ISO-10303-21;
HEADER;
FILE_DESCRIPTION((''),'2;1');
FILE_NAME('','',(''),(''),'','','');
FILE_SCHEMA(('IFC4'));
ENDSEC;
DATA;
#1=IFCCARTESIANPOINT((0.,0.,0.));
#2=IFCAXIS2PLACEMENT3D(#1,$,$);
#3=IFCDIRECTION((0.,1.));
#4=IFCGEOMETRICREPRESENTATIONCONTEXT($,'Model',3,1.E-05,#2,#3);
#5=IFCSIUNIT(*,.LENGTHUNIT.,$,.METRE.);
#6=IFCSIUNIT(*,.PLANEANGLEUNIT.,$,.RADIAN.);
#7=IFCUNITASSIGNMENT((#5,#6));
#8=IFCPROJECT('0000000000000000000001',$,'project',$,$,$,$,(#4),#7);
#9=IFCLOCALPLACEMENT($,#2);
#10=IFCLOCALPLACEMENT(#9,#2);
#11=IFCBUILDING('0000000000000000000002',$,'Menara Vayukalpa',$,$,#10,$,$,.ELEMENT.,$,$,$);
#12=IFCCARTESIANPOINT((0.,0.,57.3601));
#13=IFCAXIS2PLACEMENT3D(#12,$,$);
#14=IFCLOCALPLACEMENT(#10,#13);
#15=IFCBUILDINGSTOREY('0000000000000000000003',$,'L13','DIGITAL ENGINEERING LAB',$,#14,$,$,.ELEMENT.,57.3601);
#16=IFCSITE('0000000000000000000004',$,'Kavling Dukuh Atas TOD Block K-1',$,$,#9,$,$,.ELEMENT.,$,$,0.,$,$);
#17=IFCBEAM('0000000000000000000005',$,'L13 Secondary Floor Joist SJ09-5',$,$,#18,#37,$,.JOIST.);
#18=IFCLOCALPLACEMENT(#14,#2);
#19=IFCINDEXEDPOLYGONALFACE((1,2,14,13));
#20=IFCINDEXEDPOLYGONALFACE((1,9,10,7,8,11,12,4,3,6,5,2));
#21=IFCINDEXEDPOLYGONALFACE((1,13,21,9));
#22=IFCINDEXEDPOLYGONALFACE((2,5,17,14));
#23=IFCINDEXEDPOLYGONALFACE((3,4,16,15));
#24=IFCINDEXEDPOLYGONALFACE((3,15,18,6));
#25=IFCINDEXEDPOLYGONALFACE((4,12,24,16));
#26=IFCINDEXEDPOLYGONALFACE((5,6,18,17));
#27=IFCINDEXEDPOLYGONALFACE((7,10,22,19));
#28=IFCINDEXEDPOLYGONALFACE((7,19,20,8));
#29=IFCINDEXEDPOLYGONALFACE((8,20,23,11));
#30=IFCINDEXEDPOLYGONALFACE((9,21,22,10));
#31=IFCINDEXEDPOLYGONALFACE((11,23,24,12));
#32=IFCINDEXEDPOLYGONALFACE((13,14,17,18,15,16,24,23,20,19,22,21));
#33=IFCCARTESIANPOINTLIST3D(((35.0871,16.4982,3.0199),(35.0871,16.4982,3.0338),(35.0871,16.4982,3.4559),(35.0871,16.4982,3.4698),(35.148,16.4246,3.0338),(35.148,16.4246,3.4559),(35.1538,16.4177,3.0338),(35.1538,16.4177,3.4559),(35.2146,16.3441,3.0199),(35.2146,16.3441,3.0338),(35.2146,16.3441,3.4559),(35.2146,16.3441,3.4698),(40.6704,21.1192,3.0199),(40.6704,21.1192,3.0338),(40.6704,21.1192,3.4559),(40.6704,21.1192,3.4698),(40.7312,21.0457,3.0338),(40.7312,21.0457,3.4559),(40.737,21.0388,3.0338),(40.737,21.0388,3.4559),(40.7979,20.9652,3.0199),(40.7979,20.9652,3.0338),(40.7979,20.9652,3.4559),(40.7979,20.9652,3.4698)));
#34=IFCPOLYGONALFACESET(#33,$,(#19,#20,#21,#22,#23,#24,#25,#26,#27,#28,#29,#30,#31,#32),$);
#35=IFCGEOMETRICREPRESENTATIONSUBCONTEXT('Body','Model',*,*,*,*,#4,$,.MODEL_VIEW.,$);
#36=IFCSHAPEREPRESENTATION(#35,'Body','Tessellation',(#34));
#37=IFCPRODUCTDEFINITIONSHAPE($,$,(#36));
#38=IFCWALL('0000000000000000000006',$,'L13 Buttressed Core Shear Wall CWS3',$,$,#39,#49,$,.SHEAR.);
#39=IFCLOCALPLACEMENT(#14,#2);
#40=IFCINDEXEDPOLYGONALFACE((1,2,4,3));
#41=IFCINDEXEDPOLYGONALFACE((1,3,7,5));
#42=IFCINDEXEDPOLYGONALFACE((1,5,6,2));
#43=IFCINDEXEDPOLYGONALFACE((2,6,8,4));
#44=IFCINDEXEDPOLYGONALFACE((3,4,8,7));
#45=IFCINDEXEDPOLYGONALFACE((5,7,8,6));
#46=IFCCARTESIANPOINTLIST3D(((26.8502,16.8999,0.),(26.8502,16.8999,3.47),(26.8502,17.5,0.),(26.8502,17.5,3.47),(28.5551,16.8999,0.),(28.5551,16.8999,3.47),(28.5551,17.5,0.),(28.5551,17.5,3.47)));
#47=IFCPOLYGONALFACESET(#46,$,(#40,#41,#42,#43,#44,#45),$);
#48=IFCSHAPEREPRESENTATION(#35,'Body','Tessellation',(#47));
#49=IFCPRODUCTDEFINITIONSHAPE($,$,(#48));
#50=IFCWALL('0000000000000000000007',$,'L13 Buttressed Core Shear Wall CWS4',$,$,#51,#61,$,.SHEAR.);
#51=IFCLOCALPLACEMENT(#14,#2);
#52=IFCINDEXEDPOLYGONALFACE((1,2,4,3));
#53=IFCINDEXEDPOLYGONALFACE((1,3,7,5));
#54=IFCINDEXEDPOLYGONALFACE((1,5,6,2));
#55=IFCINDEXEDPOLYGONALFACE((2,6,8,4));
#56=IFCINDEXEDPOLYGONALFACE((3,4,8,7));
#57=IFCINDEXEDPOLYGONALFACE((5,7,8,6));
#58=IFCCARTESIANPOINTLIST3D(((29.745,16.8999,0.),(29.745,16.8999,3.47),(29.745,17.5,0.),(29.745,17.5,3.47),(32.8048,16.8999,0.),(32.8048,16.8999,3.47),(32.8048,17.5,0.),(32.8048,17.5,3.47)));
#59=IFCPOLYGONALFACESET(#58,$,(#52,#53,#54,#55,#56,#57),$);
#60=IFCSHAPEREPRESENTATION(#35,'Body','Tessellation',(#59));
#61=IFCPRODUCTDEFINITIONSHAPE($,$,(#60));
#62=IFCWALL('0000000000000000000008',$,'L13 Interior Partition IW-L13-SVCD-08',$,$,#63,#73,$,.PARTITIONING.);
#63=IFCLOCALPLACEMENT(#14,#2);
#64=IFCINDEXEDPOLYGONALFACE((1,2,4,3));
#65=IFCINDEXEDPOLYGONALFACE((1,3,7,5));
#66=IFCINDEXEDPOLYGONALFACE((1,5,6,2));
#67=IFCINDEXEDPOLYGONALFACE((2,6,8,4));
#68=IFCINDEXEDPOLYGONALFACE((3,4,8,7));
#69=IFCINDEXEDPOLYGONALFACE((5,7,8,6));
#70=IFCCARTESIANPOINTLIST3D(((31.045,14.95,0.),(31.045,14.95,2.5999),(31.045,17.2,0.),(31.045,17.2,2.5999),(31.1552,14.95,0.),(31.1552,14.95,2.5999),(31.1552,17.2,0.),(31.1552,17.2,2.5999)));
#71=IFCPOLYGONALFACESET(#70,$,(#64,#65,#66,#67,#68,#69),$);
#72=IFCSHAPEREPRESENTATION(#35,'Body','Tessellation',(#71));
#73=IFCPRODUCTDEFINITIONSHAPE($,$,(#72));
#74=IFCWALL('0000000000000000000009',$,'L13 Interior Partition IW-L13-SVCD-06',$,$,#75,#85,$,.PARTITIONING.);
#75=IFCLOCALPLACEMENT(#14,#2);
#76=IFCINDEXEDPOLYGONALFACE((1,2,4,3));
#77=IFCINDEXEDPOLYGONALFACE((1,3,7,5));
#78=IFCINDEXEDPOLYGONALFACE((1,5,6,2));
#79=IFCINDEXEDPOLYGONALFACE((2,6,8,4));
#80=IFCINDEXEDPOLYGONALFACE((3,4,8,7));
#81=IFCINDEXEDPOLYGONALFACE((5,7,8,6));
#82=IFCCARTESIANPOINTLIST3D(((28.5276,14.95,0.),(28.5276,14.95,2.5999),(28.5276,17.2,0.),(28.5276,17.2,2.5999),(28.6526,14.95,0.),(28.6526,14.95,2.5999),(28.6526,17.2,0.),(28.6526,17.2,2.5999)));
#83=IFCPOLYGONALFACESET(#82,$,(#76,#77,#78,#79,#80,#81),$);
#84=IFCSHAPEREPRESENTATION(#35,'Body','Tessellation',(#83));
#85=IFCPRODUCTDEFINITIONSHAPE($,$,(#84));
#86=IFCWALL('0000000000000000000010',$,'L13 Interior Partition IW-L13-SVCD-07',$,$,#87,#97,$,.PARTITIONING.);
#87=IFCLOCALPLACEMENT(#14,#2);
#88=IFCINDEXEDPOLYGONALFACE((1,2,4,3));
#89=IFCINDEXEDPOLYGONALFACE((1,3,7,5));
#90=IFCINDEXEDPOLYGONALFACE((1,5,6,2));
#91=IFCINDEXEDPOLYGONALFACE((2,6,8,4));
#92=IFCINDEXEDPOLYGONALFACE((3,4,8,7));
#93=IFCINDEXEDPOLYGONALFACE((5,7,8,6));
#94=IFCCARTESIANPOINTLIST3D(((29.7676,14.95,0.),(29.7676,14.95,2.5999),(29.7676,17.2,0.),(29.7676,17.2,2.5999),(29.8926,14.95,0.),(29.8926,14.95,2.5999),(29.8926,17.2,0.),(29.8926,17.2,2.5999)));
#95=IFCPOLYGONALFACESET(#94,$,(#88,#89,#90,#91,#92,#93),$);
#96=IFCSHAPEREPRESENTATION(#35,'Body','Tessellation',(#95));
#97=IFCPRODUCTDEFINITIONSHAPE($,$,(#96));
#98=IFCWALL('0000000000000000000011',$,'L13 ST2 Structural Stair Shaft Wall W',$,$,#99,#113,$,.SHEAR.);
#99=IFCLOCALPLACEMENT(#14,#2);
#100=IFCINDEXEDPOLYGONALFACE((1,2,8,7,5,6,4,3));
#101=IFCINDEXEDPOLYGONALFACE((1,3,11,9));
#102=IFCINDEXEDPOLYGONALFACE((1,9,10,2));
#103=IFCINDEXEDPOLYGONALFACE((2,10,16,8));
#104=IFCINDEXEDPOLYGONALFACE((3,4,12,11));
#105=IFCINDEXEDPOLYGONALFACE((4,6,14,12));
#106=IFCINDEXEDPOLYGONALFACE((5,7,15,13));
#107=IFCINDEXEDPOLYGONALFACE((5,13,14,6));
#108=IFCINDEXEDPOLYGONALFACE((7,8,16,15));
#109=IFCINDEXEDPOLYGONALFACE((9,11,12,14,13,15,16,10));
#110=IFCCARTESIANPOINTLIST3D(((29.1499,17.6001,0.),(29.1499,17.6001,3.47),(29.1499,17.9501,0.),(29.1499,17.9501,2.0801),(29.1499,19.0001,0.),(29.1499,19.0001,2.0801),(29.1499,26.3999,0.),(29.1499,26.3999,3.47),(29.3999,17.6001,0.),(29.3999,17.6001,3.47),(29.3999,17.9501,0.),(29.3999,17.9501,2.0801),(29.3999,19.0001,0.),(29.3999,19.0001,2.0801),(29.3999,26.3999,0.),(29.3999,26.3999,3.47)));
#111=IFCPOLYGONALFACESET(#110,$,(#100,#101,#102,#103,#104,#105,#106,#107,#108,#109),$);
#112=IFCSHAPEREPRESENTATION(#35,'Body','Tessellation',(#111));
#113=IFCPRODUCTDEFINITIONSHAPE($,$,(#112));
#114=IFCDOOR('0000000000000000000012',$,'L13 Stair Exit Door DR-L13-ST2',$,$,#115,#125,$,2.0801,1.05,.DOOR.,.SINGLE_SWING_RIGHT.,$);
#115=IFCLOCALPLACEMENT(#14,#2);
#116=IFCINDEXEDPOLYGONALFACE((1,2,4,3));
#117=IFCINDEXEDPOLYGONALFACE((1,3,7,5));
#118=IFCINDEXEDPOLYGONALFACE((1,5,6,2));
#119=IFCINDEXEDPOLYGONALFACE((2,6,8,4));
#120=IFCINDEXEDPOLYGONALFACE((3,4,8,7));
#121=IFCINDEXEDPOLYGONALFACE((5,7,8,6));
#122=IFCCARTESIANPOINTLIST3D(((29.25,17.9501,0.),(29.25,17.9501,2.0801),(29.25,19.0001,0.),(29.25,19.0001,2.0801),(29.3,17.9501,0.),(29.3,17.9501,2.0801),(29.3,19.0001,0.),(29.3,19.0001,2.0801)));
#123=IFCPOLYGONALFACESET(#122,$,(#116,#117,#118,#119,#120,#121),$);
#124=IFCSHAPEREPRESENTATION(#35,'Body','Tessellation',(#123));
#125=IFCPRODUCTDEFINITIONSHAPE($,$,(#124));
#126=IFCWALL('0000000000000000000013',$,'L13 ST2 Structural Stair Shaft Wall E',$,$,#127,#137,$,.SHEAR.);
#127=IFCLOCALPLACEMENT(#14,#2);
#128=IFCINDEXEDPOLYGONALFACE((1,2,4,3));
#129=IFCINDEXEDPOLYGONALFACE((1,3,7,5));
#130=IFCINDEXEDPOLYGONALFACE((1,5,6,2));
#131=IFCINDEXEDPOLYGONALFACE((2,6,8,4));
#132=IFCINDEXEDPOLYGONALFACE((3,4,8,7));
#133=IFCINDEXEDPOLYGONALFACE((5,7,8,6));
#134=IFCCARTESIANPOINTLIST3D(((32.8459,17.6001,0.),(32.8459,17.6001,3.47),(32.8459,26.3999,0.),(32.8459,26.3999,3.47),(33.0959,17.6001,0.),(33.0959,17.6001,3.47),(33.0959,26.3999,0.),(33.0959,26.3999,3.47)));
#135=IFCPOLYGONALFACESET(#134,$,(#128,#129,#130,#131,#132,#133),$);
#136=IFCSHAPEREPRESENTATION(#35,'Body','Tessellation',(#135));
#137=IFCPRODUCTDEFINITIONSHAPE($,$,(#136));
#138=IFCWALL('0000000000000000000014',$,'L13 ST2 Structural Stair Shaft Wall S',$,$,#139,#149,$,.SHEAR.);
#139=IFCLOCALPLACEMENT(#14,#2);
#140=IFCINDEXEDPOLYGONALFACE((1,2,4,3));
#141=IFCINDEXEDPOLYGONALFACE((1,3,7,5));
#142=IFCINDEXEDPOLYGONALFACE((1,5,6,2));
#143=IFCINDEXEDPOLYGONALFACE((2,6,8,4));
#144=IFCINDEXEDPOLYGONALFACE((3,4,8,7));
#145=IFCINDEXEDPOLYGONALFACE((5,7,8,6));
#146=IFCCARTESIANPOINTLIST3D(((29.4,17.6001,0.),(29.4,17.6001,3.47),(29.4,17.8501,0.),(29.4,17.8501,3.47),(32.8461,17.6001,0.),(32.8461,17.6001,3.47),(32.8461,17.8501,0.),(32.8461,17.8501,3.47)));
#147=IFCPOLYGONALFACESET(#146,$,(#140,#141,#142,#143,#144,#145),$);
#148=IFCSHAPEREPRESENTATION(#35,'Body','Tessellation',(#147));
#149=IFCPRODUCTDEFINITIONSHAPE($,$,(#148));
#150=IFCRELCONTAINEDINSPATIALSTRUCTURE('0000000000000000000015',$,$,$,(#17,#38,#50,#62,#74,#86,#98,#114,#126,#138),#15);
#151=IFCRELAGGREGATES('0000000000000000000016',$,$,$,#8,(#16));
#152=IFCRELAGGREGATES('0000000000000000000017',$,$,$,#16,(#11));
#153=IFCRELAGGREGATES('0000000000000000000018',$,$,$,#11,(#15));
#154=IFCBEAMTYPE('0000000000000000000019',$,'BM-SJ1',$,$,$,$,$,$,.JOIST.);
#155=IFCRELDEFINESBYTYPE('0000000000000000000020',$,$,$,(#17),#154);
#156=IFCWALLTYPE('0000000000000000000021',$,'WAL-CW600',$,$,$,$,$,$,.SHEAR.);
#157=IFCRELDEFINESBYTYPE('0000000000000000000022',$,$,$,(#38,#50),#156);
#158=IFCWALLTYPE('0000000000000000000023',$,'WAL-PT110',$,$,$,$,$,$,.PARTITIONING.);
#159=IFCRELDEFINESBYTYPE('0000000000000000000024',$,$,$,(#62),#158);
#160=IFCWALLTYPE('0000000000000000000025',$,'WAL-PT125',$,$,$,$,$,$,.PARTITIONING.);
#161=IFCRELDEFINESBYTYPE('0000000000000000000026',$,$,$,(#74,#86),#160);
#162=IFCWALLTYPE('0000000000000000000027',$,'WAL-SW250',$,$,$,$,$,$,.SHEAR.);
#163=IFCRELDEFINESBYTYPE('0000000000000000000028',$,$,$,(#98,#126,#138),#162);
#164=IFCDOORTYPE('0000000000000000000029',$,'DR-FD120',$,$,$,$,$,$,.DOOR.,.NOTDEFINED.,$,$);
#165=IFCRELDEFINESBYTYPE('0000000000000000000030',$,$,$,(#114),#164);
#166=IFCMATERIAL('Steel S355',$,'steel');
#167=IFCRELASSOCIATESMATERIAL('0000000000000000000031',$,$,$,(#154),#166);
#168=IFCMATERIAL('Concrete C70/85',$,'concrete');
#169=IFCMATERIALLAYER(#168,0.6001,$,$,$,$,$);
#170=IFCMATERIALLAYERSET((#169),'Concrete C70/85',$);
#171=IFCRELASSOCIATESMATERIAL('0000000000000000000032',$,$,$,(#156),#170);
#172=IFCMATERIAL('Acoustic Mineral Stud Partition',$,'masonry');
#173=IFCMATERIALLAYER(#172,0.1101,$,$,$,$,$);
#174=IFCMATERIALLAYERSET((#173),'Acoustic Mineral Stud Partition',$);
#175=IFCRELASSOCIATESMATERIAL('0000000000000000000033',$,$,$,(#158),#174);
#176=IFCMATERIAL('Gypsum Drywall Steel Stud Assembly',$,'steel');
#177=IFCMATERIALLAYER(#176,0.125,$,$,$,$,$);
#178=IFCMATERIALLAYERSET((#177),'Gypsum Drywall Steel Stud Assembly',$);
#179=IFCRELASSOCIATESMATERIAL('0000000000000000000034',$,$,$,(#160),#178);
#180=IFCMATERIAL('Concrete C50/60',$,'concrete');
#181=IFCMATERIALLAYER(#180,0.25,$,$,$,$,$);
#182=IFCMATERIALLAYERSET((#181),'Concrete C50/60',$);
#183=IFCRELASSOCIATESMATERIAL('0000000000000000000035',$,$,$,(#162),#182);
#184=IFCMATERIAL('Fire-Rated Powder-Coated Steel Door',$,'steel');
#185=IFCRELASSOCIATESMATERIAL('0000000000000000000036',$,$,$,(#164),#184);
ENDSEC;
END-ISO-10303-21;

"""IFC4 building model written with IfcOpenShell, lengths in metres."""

from ifc_helpers import new_model, si_unit, direction, frame, frame_2d, origin, origin_2d, place, context, subcontext, project, spatial, rectangle, i_section, extrude, material, layer, layer_set, material_profile, profile_set, type_object, element, fill, save


model = new_model("IFC4")

# Units and contexts
model_context = context("Model", 3, precision=1e-05, world=origin(), true_north=direction((0.0, 1.0)))
body_context = subcontext(model_context, "Body", "Model", "MODEL_VIEW")
ifc_project = project(units=[si_unit("LENGTHUNIT", "METRE"), si_unit("PLANEANGLEUNIT", "RADIAN")], contexts=[model_context])

# Site, building, storey
site_placement = place(None, origin())
site = spatial("IfcSite", under=ifc_project, at=site_placement, Name="Kavling Dukuh Atas TOD Block K-1", CompositionType="ELEMENT", RefElevation=0.0)
building_placement = place(site_placement, origin())
building = spatial("IfcBuilding", under=site, at=building_placement, Name="Menara Vayukalpa", CompositionType="ELEMENT")
storey_placement = place(building_placement, frame((0.0, 0.0, 57.3601)))
storey = spatial("IfcBuildingStorey", under=building, at=storey_placement, Name="L13", Description="DIGITAL ENGINEERING LAB", CompositionType="ELEMENT", Elevation=57.3601)

# Beam
ifc_material_1 = material(Name="Steel S355", Category="steel")
ifc_material_profile_1 = material_profile(ifc_material_1, i_section(OverallWidth=0.2, OverallDepth=0.45, WebThickness=0.009, FlangeThickness=0.0139, at=origin_2d()), Name="WF 450x200x9x14")
ifc_profile_set_1 = profile_set([ifc_material_profile_1], Name="Steel S355")
beam_type_1 = type_object("IfcBeamType", Name="BM-SJ1", PredefinedType="JOIST", material=ifc_profile_set_1)
beam_1_placement = place(storey_placement, frame((35.1509, 16.4211, 3.2449), z_axis=(0.770362, 0.637606, 0.0), x_axis=(-0.637606, 0.770362, 0.0)))
element("IfcBeam", 1, at=beam_1_placement, inside=storey, type_object=beam_type_1, Name="L13 Secondary Floor Joist SJ09-5", PredefinedType="JOIST", context=body_context, shape_type="SweptSolid", body=[
    extrude(i_section(OverallWidth=0.2, OverallDepth=0.45, WebThickness=0.009, FlangeThickness=0.0139, at=origin_2d()), origin(), (0.0, 0.0, 1.0), 7.2476),
])

# Walls
ifc_material_2 = material(Name="Concrete C70/85", Category="concrete")
ifc_layer_1 = layer(ifc_material_2, 0.6001)
ifc_layer_set_1 = layer_set([ifc_layer_1], Name="Concrete C70/85")
wall_type_1 = type_object("IfcWallType", Name="WAL-CW600", PredefinedType="SHEAR", material=ifc_layer_set_1)
wall_1_placement = place(storey_placement, frame((26.8501, 17.2, 0.0), z_axis=(0.0, 0.0, 1.0), x_axis=(1.0, 0.0, 0.0)))
element("IfcWall", 2, at=wall_1_placement, inside=storey, type_object=wall_type_1, Name="L13 Buttressed Core Shear Wall CWS3", PredefinedType="SHEAR", context=body_context, shape_type="SweptSolid", body=[
    extrude(rectangle(XDim=1.7048, YDim=0.6001, at=frame_2d((0.8525, 0.0))), origin(), (0.0, 0.0, 1.0), 3.47),
])
wall_2_placement = place(storey_placement, frame((29.7451, 17.2, 0.0), z_axis=(0.0, 0.0, 1.0), x_axis=(1.0, 0.0, 0.0)))
element("IfcWall", 3, at=wall_2_placement, inside=storey, type_object=wall_type_1, Name="L13 Buttressed Core Shear Wall CWS4", PredefinedType="SHEAR", context=body_context, shape_type="SweptSolid", body=[
    extrude(rectangle(XDim=3.0598, YDim=0.6001, at=frame_2d((1.5298, 0.0))), origin(), (0.0, 0.0, 1.0), 3.47),
])
ifc_material_3 = material(Name="Acoustic Mineral Stud Partition", Category="masonry")
ifc_layer_2 = layer(ifc_material_3, 0.1101)
ifc_layer_set_2 = layer_set([ifc_layer_2], Name="Acoustic Mineral Stud Partition")
wall_type_2 = type_object("IfcWallType", Name="WAL-PT110", PredefinedType="PARTITIONING", material=ifc_layer_set_2)
wall_3_placement = place(storey_placement, frame((31.1001, 14.95, 0.0), z_axis=(0.0, 0.0, 1.0), x_axis=(0.0, 1.0, 0.0)))
element("IfcWall", 4, at=wall_3_placement, inside=storey, type_object=wall_type_2, Name="L13 Interior Partition IW-L13-SVCD-08", PredefinedType="PARTITIONING", context=body_context, shape_type="SweptSolid", body=[
    extrude(rectangle(XDim=2.25, YDim=0.1101, at=frame_2d((1.125, 0.0))), origin(), (0.0, 0.0, 1.0), 2.5999),
])
ifc_material_4 = material(Name="Gypsum Drywall Steel Stud Assembly", Category="steel")
ifc_layer_3 = layer(ifc_material_4, 0.125)
ifc_layer_set_3 = layer_set([ifc_layer_3], Name="Gypsum Drywall Steel Stud Assembly")
wall_type_3 = type_object("IfcWallType", Name="WAL-PT125", PredefinedType="PARTITIONING", material=ifc_layer_set_3)
for number, where, z_axis, x_axis, name in (
    (5, (28.5901, 14.95, 0.0), (0.0, 0.0, 1.0), (0.0, 1.0, 0.0), "L13 Interior Partition IW-L13-SVCD-06"),
    (6, (29.8301, 14.95, 0.0), (0.0, 0.0, 1.0), (0.0, 1.0, 0.0), "L13 Interior Partition IW-L13-SVCD-07"),
):
    element("IfcWall", number, at=place(storey_placement, frame(where, z_axis=z_axis, x_axis=x_axis)), inside=storey, type_object=wall_type_3, Name=name, PredefinedType="PARTITIONING", context=body_context, shape_type="SweptSolid", body=[
        extrude(rectangle(XDim=2.25, YDim=0.125, at=frame_2d((1.125, 0.0))), origin(), (0.0, 0.0, 1.0), 2.5999),
    ])

# Wall, opening, door
ifc_material_5 = material(Name="Concrete C50/60", Category="concrete")
ifc_layer_4 = layer(ifc_material_5, 0.25)
ifc_layer_set_4 = layer_set([ifc_layer_4], Name="Concrete C50/60")
wall_type_4 = type_object("IfcWallType", Name="WAL-SW250", PredefinedType="SHEAR", material=ifc_layer_set_4)
wall_4_placement = place(storey_placement, frame((29.2749, 17.6001, 0.0), z_axis=(0.0, 0.0, 1.0), x_axis=(0.0, 1.0, 0.0)))
wall_4 = element("IfcWall", 7, at=wall_4_placement, inside=storey, type_object=wall_type_4, Name="L13 ST2 Structural Stair Shaft Wall W", PredefinedType="SHEAR", context=body_context, shape_type="SweptSolid", body=[
    extrude(rectangle(XDim=8.7998, YDim=0.25, at=frame_2d((4.3999, 0.0))), origin(), (0.0, 0.0, 1.0), 3.47),
])
opening_placement = place(wall_4_placement, frame((0.3501, 0.0, 0.0)))
opening = element("IfcOpeningElement", 8, at=opening_placement, cuts=wall_4, PredefinedType="OPENING", context=body_context, shape_type="SweptSolid", body=[
    extrude(rectangle(XDim=1.05, YDim=2.0801, at=frame_2d((0.5249, 1.04))), frame((0.0, 0.135, 0.0), z_axis=(0.0, -1.0, 0.0), x_axis=(1.0, 0.0, 0.0)), (0.0, 0.0, 1.0), 0.27),
])
ifc_material_6 = material(Name="Fire-Rated Powder-Coated Steel Door", Category="steel")
door_type = type_object("IfcDoorType", Name="DR-FD120", OperationType="NOTDEFINED", PredefinedType="DOOR", material=ifc_material_6)
door_placement = place(opening_placement, origin())
door = element("IfcDoor", 9, at=door_placement, inside=storey, type_object=door_type, Name="L13 Stair Exit Door DR-L13-ST2", OperationType="SINGLE_SWING_RIGHT", OverallHeight=2.0801, OverallWidth=1.05, PredefinedType="DOOR", context=body_context, shape_type="SweptSolid", body=[
    extrude(rectangle(XDim=1.05, YDim=2.0801, at=frame_2d((0.5249, 1.04))), frame((0.0, 0.0249, 0.0), z_axis=(0.0, -1.0, 0.0), x_axis=(1.0, 0.0, 0.0)), (0.0, 0.0, 1.0), 0.05),
])
fill(opening, door)

# Walls
wall_5_placement = place(storey_placement, frame((32.9709, 17.6001, 0.0), z_axis=(0.0, 0.0, 1.0), x_axis=(0.0, 1.0, 0.0)))
element("IfcWall", 10, at=wall_5_placement, inside=storey, type_object=wall_type_4, Name="L13 ST2 Structural Stair Shaft Wall E", PredefinedType="SHEAR", context=body_context, shape_type="SweptSolid", body=[
    extrude(rectangle(XDim=8.7998, YDim=0.25, at=frame_2d((4.3999, 0.0))), origin(), (0.0, 0.0, 1.0), 3.47),
])
wall_6_placement = place(storey_placement, frame((29.3999, 17.7251, 0.0), z_axis=(0.0, 0.0, 1.0), x_axis=(1.0, 0.0, 0.0)))
element("IfcWall", 11, at=wall_6_placement, inside=storey, type_object=wall_type_4, Name="L13 ST2 Structural Stair Shaft Wall S", PredefinedType="SHEAR", context=body_context, shape_type="SweptSolid", body=[
    extrude(rectangle(XDim=3.446, YDim=0.25, at=frame_2d((1.7231, 0.0))), origin(), (0.0, 0.0, 1.0), 3.47),
])

save(model, "model.ifc")
